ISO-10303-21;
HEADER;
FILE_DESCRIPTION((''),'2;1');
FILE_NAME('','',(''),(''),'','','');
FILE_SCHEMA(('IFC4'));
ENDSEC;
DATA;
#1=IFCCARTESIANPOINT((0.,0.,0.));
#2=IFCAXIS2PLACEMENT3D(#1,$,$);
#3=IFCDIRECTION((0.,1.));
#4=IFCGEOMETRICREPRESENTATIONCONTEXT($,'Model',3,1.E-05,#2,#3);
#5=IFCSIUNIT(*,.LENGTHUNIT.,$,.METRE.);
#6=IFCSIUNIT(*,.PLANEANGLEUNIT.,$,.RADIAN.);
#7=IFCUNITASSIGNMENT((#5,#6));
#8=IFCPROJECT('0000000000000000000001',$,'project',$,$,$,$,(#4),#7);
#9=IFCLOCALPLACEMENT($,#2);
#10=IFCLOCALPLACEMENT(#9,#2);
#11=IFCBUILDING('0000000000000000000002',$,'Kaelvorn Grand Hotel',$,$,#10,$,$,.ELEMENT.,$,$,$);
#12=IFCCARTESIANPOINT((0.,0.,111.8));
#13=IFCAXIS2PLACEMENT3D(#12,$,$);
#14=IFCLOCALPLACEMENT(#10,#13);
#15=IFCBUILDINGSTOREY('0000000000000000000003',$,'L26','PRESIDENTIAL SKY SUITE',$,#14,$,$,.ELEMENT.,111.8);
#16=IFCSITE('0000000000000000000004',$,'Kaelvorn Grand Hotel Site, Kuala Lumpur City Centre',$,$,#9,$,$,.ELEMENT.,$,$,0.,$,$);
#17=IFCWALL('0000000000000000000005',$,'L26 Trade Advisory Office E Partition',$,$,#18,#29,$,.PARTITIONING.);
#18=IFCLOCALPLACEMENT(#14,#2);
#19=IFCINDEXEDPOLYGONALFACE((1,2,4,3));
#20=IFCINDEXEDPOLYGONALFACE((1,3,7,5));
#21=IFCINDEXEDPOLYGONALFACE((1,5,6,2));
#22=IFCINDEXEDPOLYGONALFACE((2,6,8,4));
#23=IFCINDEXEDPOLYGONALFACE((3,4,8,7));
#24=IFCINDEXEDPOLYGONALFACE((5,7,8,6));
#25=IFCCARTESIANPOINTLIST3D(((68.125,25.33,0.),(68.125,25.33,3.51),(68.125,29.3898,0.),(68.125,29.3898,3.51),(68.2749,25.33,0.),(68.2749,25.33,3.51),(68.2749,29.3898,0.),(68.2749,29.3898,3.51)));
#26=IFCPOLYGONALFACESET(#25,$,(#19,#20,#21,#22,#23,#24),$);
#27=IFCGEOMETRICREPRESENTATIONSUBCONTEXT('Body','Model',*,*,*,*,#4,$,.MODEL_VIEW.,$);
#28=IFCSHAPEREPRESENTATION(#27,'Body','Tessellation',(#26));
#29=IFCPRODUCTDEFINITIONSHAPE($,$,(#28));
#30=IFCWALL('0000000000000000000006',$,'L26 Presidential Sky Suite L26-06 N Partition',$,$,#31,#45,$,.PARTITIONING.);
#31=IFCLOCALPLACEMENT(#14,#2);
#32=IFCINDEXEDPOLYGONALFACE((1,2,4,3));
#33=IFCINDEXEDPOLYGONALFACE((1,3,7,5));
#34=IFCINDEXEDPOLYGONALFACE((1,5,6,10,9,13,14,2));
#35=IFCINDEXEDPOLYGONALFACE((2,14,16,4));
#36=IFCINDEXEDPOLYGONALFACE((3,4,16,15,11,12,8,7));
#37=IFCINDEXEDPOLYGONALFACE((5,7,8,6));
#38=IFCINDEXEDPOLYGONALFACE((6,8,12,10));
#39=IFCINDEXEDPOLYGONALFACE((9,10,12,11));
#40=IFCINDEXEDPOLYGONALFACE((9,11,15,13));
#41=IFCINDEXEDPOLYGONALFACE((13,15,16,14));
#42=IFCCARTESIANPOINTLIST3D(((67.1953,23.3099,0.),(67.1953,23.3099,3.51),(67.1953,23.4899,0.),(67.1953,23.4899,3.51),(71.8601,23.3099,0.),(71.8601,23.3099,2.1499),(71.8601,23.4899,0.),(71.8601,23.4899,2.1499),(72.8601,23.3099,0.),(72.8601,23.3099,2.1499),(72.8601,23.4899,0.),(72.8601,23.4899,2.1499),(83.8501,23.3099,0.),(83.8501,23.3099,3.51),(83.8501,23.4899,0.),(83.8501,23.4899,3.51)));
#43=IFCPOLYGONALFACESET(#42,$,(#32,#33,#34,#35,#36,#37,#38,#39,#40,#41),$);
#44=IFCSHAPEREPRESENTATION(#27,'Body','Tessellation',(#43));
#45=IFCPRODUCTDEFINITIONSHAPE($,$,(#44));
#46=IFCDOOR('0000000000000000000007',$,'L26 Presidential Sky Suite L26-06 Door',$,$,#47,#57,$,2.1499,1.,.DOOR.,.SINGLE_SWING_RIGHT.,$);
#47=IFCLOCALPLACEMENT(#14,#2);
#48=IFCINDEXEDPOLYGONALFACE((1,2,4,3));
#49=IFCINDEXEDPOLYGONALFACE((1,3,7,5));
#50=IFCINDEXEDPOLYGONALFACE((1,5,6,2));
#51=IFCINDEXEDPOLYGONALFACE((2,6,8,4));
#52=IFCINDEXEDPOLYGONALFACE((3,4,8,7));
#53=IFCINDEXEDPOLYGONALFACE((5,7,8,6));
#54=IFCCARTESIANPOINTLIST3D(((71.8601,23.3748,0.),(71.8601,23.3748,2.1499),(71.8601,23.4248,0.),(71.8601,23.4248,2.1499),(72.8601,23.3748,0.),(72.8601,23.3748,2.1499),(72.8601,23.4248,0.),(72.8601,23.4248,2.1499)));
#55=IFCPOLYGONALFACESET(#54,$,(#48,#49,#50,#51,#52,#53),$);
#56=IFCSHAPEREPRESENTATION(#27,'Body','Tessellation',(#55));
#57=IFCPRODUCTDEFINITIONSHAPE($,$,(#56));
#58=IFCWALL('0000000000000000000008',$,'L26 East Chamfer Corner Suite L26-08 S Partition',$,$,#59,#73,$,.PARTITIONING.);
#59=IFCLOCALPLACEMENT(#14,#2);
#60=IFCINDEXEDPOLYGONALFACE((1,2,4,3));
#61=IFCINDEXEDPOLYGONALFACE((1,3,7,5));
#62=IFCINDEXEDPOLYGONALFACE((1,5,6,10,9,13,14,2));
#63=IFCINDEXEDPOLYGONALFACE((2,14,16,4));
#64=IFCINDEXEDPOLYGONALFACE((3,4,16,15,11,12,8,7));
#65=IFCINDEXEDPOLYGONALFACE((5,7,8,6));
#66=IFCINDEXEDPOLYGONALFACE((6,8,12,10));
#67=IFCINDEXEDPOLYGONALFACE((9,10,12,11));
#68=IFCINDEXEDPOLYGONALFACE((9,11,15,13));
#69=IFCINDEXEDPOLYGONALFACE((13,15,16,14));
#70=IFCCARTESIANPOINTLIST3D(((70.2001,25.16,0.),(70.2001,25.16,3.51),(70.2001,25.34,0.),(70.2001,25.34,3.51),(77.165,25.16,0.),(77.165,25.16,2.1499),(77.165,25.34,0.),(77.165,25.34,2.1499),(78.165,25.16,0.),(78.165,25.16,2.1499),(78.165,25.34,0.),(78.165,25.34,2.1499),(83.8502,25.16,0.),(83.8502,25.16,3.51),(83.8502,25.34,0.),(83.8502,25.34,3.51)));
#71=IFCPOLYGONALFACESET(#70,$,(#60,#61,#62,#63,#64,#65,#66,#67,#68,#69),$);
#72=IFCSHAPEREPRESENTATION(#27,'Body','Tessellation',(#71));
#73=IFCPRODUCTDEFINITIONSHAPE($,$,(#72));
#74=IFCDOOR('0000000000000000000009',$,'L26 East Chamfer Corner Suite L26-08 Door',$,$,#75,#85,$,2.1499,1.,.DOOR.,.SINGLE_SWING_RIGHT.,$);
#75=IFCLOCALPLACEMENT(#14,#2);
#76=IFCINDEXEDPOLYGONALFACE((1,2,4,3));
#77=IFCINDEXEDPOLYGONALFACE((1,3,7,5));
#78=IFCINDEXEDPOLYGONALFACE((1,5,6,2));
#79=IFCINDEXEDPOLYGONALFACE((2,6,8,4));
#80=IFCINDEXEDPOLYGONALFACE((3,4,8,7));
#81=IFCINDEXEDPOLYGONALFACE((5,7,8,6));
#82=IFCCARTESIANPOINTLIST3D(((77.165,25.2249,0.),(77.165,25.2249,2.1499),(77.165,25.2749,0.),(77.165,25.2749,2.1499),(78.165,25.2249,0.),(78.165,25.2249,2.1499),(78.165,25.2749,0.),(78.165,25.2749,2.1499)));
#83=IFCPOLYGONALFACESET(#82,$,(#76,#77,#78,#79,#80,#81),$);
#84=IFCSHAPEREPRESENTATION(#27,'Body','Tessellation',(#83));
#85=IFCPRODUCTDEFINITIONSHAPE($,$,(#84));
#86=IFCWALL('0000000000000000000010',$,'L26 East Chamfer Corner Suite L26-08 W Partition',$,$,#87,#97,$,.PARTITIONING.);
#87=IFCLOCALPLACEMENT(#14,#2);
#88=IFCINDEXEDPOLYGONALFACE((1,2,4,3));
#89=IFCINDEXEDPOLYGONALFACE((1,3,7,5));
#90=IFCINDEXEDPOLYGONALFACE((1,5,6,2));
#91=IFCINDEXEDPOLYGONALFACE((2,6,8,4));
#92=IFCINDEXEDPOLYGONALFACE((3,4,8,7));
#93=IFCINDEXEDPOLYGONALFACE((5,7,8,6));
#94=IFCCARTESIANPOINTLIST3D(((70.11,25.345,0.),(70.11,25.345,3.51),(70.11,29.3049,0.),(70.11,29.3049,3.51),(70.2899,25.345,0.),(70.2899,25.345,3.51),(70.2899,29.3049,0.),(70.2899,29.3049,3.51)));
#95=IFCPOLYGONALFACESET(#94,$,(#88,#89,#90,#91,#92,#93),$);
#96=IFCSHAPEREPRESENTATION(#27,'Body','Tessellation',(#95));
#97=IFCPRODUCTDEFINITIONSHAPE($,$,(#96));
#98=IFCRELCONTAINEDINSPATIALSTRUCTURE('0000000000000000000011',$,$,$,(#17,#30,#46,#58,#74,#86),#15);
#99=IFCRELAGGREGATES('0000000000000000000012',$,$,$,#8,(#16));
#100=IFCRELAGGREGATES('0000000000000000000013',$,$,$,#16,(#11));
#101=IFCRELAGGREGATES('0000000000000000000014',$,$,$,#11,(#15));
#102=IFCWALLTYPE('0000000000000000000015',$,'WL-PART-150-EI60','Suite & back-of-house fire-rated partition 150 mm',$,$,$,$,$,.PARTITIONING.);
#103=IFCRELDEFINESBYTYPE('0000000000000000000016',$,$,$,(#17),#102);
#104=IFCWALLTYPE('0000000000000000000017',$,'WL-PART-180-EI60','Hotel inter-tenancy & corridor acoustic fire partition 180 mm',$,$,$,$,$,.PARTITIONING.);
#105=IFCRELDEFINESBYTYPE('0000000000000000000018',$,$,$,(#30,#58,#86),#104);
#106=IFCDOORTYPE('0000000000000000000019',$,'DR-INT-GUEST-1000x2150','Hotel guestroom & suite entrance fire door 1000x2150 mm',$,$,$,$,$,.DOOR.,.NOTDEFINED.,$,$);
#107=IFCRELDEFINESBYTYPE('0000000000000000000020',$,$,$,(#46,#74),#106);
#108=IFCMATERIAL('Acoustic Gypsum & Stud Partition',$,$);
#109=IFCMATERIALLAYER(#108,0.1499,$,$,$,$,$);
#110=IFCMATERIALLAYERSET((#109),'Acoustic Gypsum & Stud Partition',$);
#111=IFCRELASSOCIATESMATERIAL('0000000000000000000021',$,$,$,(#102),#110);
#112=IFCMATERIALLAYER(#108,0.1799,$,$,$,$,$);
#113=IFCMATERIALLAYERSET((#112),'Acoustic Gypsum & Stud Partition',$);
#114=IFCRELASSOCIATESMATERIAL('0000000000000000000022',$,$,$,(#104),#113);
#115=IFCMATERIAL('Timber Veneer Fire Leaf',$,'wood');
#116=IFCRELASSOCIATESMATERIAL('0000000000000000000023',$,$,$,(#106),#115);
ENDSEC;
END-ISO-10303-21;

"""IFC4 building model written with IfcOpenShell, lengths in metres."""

from ifc_helpers import new_model, si_unit, direction, frame, frame_2d, origin, place, context, subcontext, project, spatial, rectangle, extrude, material, layer, layer_set, type_object, element, fill, save


model = new_model("IFC4")

# Units and contexts
model_context = context("Model", 3, precision=1e-05, world=origin(), true_north=direction((0.0, 1.0)))
body_context = subcontext(model_context, "Body", "Model", "MODEL_VIEW")
ifc_project = project(units=[si_unit("LENGTHUNIT", "METRE"), si_unit("PLANEANGLEUNIT", "RADIAN")], contexts=[model_context])

# Site, building, storey
site_placement = place(None, origin())
site = spatial("IfcSite", under=ifc_project, at=site_placement, Name="Kaelvorn Grand Hotel Site, Kuala Lumpur City Centre", CompositionType="ELEMENT", RefElevation=0.0)
building_placement = place(site_placement, origin())
building = spatial("IfcBuilding", under=site, at=building_placement, Name="Kaelvorn Grand Hotel", CompositionType="ELEMENT")
storey_placement = place(building_placement, frame((0.0, 0.0, 111.8)))
storey = spatial("IfcBuildingStorey", under=building, at=storey_placement, Name="L26", Description="PRESIDENTIAL SKY SUITE", CompositionType="ELEMENT", Elevation=111.8)

# Wall
ifc_material_1 = material(Name="Acoustic Gypsum & Stud Partition")
ifc_layer_1 = layer(ifc_material_1, 0.1499)
ifc_layer_set_1 = layer_set([ifc_layer_1], Name="Acoustic Gypsum & Stud Partition")
wall_type_1 = type_object("IfcWallType", Name="WL-PART-150-EI60", Description="Suite & back-of-house fire-rated partition 150 mm", PredefinedType="PARTITIONING", material=ifc_layer_set_1)
wall_1_placement = place(storey_placement, frame((68.2, 25.3301, 0.0), z_axis=(0.0, 0.0, 1.0), x_axis=(0.0, 1.0, 0.0)))
element("IfcWall", 1, at=wall_1_placement, inside=storey, type_object=wall_type_1, Name="L26 Trade Advisory Office E Partition", PredefinedType="PARTITIONING", context=body_context, shape_type="SweptSolid", body=[
    extrude(rectangle(XDim=4.0598, YDim=0.1499, at=frame_2d((2.0298, 0.0))), origin(), (0.0, 0.0, 1.0), 3.51),
])

# Walls, openings, doors
ifc_layer_2 = layer(ifc_material_1, 0.1799)
ifc_layer_set_2 = layer_set([ifc_layer_2], Name="Acoustic Gypsum & Stud Partition")
wall_type_2 = type_object("IfcWallType", Name="WL-PART-180-EI60", Description="Hotel inter-tenancy & corridor acoustic fire partition 180 mm", PredefinedType="PARTITIONING", material=ifc_layer_set_2)
wall_2_placement = place(storey_placement, frame((67.1953, 23.3999, 0.0), z_axis=(0.0, 0.0, 1.0), x_axis=(1.0, 0.0, 0.0)))
wall_2 = element("IfcWall", 2, at=wall_2_placement, inside=storey, type_object=wall_type_2, Name="L26 Presidential Sky Suite L26-06 N Partition", PredefinedType="PARTITIONING", context=body_context, shape_type="SweptSolid", body=[
    extrude(rectangle(XDim=16.6548, YDim=0.1799, at=frame_2d((8.3274, 0.0))), origin(), (0.0, 0.0, 1.0), 3.51),
])
opening_1_placement = place(wall_2_placement, frame((4.6648, 0.0, 0.0)))
opening_1 = element("IfcOpeningElement", 3, at=opening_1_placement, cuts=wall_2, PredefinedType="OPENING", context=body_context, shape_type="SweptSolid", body=[
    extrude(rectangle(XDim=1.0, YDim=2.1499, at=frame_2d((0.5, 1.075))), frame((0.0, 0.1001, 0.0), z_axis=(0.0, -1.0, 0.0), x_axis=(1.0, 0.0, 0.0)), (0.0, 0.0, 1.0), 0.2),
])
ifc_material_2 = material(Name="Timber Veneer Fire Leaf", Category="wood")
door_type_1 = type_object("IfcDoorType", Name="DR-INT-GUEST-1000x2150", Description="Hotel guestroom & suite entrance fire door 1000x2150 mm", OperationType="NOTDEFINED", PredefinedType="DOOR", material=ifc_material_2)
door_1_placement = place(opening_1_placement, origin())
door_1 = element("IfcDoor", 4, at=door_1_placement, inside=storey, type_object=door_type_1, Name="L26 Presidential Sky Suite L26-06 Door", OperationType="SINGLE_SWING_RIGHT", OverallHeight=2.1499, OverallWidth=1.0, PredefinedType="DOOR", context=body_context, shape_type="SweptSolid", body=[
    extrude(rectangle(XDim=1.0, YDim=2.1499, at=frame_2d((0.5, 1.075))), frame((0.0, 0.0249, 0.0), z_axis=(0.0, -1.0, 0.0), x_axis=(1.0, 0.0, 0.0)), (0.0, 0.0, 1.0), 0.05),
])
fill(opening_1, door_1)
wall_3_placement = place(storey_placement, frame((70.2, 25.25, 0.0), z_axis=(0.0, 0.0, 1.0), x_axis=(1.0, 0.0, 0.0)))
wall_3 = element("IfcWall", 5, at=wall_3_placement, inside=storey, type_object=wall_type_2, Name="L26 East Chamfer Corner Suite L26-08 S Partition", PredefinedType="PARTITIONING", context=body_context, shape_type="SweptSolid", body=[
    extrude(rectangle(XDim=13.6501, YDim=0.1799, at=frame_2d((6.8252, 0.0))), origin(), (0.0, 0.0, 1.0), 3.51),
])
opening_2_placement = place(wall_3_placement, frame((6.9651, 0.0, 0.0)))
opening_2 = element("IfcOpeningElement", 6, at=opening_2_placement, cuts=wall_3, PredefinedType="OPENING", context=body_context, shape_type="SweptSolid", body=[
    extrude(rectangle(XDim=1.0, YDim=2.1499, at=frame_2d((0.5, 1.075))), frame((0.0, 0.1001, 0.0), z_axis=(0.0, -1.0, 0.0), x_axis=(1.0, 0.0, 0.0)), (0.0, 0.0, 1.0), 0.2),
])
door_2_placement = place(opening_2_placement, origin())
door_2 = element("IfcDoor", 7, at=door_2_placement, inside=storey, type_object=door_type_1, Name="L26 East Chamfer Corner Suite L26-08 Door", OperationType="SINGLE_SWING_RIGHT", OverallHeight=2.1499, OverallWidth=1.0, PredefinedType="DOOR", context=body_context, shape_type="SweptSolid", body=[
    extrude(rectangle(XDim=1.0, YDim=2.1499, at=frame_2d((0.5, 1.075))), frame((0.0, 0.0249, 0.0), z_axis=(0.0, -1.0, 0.0), x_axis=(1.0, 0.0, 0.0)), (0.0, 0.0, 1.0), 0.05),
])
fill(opening_2, door_2)

# Wall
wall_4_placement = place(storey_placement, frame((70.2, 25.345, 0.0), z_axis=(0.0, 0.0, 1.0), x_axis=(0.0, 1.0, 0.0)))
element("IfcWall", 8, at=wall_4_placement, inside=storey, type_object=wall_type_2, Name="L26 East Chamfer Corner Suite L26-08 W Partition", PredefinedType="PARTITIONING", context=body_context, shape_type="SweptSolid", body=[
    extrude(rectangle(XDim=3.96, YDim=0.1799, at=frame_2d((1.98, 0.0))), origin(), (0.0, 0.0, 1.0), 3.51),
])

save(model, "model.ifc")
